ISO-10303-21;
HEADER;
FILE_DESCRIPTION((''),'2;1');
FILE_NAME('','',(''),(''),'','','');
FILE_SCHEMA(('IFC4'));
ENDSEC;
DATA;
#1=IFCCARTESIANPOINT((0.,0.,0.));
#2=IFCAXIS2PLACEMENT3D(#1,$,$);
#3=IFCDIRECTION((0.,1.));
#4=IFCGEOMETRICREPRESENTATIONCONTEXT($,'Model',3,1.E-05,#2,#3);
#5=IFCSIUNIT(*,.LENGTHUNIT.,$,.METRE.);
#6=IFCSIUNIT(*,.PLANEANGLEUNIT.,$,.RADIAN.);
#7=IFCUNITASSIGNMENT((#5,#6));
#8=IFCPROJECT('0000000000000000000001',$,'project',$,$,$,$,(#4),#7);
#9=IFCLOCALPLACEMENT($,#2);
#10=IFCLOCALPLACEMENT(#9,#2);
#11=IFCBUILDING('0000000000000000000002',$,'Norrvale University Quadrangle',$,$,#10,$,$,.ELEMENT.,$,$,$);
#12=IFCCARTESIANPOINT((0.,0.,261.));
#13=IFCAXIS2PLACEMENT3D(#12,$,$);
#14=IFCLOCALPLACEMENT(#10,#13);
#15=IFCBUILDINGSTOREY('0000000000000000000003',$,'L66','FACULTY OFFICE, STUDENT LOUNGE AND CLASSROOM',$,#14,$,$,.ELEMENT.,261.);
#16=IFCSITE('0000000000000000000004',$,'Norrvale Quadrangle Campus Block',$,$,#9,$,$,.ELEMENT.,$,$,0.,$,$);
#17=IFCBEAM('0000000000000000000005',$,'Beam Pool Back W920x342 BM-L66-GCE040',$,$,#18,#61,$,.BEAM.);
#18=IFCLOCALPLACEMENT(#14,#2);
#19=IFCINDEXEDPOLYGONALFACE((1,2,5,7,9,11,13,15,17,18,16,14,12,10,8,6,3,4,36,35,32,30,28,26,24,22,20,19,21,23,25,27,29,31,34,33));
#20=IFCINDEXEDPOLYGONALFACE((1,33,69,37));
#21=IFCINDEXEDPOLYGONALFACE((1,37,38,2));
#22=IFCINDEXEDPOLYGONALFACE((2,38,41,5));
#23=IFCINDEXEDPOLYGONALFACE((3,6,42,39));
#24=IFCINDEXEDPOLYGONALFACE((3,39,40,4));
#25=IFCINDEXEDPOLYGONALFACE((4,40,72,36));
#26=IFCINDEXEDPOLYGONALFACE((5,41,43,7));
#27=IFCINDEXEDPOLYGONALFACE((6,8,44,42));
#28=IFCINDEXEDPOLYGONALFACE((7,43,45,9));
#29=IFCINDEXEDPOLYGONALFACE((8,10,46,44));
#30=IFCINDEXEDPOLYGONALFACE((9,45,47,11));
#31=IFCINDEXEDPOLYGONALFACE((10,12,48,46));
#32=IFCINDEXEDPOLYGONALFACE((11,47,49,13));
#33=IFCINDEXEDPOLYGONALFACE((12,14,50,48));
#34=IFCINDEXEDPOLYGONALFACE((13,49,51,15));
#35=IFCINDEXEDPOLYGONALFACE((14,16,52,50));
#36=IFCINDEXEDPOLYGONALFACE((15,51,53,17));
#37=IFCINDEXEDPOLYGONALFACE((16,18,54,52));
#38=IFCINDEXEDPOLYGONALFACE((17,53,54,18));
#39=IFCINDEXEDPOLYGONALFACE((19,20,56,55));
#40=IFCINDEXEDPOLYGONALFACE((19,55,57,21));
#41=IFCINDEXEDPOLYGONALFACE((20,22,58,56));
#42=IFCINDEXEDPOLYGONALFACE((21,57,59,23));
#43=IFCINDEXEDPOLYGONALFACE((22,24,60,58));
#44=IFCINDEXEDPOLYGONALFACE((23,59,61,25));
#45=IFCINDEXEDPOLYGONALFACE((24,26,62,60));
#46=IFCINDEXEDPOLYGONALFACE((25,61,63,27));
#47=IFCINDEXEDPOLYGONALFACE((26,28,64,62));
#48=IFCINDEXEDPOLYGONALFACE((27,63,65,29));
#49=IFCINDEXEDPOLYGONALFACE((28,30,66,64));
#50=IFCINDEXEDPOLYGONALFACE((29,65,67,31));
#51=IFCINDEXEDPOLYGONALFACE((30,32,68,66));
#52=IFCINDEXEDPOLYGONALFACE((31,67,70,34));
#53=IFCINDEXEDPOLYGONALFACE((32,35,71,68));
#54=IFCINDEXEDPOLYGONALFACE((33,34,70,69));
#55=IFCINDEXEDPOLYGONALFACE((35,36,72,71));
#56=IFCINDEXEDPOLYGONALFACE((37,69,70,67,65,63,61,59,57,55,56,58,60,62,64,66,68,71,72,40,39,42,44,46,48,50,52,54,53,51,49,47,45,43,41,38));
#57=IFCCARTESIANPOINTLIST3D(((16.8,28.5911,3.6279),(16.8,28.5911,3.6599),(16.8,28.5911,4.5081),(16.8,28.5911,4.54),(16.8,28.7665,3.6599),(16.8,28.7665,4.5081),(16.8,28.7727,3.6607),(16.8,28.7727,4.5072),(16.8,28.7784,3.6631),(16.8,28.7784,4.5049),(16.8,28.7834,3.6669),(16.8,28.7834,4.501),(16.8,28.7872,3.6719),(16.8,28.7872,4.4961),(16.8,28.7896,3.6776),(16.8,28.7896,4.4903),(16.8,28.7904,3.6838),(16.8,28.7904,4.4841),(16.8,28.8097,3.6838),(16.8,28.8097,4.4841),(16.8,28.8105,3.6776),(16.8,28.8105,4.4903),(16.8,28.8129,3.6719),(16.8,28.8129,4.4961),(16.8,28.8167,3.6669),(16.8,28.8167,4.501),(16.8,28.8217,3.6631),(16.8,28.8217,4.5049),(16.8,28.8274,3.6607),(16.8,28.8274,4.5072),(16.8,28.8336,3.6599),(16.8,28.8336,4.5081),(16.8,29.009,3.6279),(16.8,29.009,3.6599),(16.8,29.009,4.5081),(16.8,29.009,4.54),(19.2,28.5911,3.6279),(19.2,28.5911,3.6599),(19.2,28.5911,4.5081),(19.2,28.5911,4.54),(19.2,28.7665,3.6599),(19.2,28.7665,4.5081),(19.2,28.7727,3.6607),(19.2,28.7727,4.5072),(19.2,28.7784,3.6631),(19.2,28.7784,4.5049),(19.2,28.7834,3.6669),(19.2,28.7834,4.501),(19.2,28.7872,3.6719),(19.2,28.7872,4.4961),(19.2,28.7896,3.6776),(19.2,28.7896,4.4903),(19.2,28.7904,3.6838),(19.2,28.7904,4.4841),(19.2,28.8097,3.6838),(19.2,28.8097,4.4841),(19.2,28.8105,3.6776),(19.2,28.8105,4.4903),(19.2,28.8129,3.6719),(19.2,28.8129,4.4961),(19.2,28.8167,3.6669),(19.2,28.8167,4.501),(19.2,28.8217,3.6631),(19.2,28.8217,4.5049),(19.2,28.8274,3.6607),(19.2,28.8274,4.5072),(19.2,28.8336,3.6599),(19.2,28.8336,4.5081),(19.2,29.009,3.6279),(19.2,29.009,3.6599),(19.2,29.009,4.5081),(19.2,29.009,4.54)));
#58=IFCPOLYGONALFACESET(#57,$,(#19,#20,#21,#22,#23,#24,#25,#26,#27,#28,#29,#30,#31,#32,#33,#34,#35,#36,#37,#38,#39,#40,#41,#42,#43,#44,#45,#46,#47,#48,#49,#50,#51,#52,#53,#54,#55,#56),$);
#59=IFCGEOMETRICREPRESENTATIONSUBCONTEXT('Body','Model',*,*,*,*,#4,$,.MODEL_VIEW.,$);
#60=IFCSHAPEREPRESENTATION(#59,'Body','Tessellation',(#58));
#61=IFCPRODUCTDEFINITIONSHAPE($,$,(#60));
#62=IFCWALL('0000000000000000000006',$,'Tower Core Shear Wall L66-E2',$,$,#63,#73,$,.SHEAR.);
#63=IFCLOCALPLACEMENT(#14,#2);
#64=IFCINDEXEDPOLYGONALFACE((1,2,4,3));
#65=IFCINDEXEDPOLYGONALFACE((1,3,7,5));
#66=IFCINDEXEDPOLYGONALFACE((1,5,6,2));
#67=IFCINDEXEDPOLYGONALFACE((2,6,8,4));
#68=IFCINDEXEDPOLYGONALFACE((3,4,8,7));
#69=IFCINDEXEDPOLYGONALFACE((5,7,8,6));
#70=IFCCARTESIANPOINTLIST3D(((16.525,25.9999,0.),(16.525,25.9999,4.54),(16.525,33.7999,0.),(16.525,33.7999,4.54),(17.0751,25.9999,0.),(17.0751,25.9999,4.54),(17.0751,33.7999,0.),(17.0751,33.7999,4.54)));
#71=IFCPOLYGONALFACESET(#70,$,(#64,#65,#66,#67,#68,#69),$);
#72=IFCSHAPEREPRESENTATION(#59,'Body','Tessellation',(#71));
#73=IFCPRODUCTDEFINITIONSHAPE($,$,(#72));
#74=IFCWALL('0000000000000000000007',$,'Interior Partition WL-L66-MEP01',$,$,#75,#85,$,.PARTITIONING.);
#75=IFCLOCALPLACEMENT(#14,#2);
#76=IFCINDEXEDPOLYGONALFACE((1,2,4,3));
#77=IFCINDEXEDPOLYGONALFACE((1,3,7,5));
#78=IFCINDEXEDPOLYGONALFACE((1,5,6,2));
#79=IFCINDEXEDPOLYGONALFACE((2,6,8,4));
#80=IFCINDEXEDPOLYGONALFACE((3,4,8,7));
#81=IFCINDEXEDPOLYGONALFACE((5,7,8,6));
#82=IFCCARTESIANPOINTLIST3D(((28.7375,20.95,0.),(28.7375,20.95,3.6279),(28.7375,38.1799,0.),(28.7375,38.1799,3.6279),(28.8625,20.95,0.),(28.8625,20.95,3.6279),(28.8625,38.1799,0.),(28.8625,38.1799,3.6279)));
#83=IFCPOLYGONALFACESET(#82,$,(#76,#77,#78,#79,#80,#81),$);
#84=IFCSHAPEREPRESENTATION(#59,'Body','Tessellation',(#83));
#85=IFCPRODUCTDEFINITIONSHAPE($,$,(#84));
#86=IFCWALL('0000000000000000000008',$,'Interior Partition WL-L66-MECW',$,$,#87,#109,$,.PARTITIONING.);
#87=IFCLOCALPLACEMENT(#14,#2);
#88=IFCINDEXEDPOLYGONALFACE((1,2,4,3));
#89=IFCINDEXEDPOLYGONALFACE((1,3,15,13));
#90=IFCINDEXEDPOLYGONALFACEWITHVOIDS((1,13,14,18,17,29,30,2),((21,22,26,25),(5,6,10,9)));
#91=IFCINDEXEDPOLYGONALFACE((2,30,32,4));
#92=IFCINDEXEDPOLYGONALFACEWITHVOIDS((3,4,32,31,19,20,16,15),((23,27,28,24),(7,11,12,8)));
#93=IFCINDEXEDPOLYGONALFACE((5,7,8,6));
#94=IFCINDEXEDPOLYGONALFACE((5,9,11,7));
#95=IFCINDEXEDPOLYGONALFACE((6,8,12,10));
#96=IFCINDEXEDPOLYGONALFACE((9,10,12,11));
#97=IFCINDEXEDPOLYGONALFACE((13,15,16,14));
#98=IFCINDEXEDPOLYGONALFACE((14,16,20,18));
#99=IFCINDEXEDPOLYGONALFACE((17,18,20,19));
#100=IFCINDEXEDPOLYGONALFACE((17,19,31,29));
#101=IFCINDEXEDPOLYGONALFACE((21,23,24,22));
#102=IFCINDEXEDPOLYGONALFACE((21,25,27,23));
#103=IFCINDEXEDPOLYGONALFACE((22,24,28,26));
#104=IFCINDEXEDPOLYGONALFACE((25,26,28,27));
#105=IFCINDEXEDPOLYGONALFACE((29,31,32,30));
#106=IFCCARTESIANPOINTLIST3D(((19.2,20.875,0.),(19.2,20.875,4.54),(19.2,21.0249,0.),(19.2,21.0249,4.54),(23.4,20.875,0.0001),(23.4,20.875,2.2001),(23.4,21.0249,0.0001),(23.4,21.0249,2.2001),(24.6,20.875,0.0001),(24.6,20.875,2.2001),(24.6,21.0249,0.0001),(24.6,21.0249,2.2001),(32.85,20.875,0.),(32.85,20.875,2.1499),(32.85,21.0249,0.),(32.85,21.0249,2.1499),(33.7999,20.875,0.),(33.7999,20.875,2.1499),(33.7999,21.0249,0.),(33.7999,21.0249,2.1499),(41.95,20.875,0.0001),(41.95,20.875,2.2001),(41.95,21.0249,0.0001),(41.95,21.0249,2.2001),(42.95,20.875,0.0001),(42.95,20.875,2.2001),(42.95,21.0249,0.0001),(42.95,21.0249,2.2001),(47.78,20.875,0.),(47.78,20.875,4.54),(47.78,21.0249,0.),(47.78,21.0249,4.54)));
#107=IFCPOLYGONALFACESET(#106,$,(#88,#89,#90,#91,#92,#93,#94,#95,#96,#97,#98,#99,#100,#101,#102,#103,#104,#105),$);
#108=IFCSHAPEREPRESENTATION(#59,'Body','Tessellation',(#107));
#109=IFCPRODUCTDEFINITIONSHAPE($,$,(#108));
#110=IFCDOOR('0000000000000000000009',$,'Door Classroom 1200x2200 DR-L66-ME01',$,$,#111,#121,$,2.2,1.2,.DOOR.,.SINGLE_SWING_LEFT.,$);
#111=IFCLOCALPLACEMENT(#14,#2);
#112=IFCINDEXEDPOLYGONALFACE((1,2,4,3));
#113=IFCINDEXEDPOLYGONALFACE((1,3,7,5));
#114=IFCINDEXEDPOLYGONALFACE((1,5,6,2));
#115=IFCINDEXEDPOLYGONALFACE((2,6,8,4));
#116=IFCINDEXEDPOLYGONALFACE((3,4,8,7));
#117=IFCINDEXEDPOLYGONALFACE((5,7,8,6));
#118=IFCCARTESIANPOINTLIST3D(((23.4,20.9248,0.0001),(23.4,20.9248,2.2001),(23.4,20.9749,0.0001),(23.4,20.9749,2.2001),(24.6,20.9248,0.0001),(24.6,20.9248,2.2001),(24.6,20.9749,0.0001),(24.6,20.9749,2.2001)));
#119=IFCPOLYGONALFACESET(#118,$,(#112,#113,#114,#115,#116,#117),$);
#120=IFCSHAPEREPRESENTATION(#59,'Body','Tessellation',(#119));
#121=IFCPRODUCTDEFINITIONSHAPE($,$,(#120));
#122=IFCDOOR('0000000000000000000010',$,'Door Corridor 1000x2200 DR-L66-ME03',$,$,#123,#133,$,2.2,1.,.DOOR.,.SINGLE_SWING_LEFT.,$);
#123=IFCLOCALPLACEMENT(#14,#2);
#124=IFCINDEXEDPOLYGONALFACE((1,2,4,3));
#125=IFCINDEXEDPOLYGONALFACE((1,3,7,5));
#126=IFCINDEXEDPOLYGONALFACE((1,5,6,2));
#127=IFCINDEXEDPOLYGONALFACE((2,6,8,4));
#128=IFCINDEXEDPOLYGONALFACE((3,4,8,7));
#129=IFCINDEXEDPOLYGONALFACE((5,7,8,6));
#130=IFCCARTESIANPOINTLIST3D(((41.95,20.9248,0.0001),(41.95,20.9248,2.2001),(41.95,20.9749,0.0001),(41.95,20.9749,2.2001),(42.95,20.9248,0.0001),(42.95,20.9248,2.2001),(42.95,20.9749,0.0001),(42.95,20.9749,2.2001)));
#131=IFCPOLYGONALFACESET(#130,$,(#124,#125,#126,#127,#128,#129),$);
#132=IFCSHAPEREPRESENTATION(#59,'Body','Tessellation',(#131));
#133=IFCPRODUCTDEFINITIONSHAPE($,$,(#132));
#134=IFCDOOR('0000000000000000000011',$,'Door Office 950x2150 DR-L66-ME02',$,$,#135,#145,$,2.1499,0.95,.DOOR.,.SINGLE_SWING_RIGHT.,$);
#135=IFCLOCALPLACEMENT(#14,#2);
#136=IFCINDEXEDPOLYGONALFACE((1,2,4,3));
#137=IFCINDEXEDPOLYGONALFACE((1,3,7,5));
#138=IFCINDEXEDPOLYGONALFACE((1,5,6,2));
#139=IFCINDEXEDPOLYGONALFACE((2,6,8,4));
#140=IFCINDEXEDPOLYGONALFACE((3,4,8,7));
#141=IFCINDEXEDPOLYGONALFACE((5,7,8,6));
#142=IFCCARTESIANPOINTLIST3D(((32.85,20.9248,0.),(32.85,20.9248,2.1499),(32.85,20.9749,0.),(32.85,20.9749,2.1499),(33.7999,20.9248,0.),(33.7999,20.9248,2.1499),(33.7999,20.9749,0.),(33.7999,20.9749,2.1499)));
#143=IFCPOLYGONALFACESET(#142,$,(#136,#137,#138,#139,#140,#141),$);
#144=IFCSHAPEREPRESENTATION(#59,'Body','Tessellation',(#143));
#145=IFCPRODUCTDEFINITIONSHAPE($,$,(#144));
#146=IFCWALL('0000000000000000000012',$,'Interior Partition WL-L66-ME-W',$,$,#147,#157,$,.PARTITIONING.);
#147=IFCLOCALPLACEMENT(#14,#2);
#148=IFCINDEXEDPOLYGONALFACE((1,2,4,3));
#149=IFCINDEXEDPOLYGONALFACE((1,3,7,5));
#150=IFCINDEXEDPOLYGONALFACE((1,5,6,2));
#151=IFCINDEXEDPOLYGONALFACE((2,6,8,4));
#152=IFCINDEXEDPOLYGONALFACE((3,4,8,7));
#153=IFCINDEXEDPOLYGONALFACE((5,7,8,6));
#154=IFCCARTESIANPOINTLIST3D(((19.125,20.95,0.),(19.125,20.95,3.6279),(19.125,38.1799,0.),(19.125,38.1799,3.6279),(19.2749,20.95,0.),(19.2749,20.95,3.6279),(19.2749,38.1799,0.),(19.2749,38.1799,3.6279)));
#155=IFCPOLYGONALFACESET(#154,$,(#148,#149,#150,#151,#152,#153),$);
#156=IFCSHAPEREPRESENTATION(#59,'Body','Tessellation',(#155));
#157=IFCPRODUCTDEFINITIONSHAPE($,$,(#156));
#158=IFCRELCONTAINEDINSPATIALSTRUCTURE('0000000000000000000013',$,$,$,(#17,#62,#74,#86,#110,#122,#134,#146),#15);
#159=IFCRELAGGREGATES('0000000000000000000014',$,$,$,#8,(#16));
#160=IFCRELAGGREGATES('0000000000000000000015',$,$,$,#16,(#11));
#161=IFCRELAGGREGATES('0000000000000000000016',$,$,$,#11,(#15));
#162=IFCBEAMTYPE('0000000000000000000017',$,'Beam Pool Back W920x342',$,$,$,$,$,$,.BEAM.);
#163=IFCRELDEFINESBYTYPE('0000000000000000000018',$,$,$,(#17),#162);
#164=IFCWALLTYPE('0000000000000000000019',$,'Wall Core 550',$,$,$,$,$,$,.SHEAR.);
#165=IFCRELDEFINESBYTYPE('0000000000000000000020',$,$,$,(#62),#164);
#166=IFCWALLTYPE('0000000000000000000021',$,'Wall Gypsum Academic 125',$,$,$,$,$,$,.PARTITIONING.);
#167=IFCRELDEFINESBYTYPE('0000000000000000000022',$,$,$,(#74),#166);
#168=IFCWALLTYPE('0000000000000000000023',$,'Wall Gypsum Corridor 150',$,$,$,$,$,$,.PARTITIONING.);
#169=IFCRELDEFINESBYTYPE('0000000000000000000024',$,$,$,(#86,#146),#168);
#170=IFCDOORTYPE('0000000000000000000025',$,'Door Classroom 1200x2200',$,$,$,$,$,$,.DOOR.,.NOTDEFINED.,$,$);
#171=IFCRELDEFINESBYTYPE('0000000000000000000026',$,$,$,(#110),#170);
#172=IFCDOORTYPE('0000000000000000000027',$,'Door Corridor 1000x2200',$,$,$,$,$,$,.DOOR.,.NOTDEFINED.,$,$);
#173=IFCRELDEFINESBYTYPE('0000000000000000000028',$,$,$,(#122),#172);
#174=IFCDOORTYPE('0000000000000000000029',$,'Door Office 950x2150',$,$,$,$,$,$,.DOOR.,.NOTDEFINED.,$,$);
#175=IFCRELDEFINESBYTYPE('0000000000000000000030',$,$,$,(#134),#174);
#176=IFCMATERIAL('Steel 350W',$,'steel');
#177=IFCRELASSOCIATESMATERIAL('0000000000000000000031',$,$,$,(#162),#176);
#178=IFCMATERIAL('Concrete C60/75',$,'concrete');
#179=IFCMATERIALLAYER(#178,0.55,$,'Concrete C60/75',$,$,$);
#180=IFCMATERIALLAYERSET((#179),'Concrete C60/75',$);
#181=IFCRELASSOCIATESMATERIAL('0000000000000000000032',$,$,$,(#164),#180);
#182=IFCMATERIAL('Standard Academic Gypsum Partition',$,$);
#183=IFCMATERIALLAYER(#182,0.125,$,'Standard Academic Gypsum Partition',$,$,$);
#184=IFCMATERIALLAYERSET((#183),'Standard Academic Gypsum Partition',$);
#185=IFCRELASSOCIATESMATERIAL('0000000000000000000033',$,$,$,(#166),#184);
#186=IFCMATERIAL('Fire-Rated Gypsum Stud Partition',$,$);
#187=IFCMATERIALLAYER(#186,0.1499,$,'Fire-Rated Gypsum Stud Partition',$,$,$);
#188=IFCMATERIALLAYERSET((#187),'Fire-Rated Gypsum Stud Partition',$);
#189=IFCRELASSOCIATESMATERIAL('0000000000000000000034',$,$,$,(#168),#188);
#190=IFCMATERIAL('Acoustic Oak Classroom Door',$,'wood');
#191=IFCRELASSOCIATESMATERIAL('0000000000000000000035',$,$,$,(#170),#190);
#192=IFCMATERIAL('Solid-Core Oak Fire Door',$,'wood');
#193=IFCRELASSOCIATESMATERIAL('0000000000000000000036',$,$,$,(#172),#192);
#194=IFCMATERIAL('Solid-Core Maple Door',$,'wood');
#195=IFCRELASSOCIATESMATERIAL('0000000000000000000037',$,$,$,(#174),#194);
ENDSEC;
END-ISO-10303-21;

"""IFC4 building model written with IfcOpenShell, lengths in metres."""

from ifc_helpers import new_model, si_unit, direction, frame, frame_2d, origin, origin_2d, place, context, subcontext, project, spatial, rectangle, i_section, extrude, material, layer, layer_set, material_profile, profile_set, type_object, element, fill, save


model = new_model("IFC4")

# Units and contexts
model_context = context("Model", 3, precision=1e-05, world=origin(), true_north=direction((0.0, 1.0)))
body_context = subcontext(model_context, "Body", "Model", "MODEL_VIEW")
ifc_project = project(units=[si_unit("LENGTHUNIT", "METRE"), si_unit("PLANEANGLEUNIT", "RADIAN")], contexts=[model_context])

# Site, building, storey
site_placement = place(None, origin())
site = spatial("IfcSite", under=ifc_project, at=site_placement, Name="Norrvale Quadrangle Campus Block", CompositionType="ELEMENT", RefElevation=0.0)
building_placement = place(site_placement, origin())
building = spatial("IfcBuilding", under=site, at=building_placement, Name="Norrvale University Quadrangle", CompositionType="ELEMENT")
storey_placement = place(building_placement, frame((0.0, 0.0, 261.0)))
storey = spatial("IfcBuildingStorey", under=building, at=storey_placement, Name="L66", Description="FACULTY OFFICE, STUDENT LOUNGE AND CLASSROOM", CompositionType="ELEMENT", Elevation=261.0)

# Shared definitions
ifc_material_1 = material(Name="Concrete C60/75", Category="concrete")

# Beam
ifc_material_2 = material(Name="Steel 350W", Category="steel")
ifc_material_profile_1 = material_profile(ifc_material_2, i_section(OverallWidth=0.418, OverallDepth=0.9121, WebThickness=0.0193, FlangeThickness=0.032, FilletRadius=0.0239, at=origin_2d()), Name="Steel 350W")
ifc_profile_set_1 = profile_set([ifc_material_profile_1], Name="Steel 350W")
beam_type_1 = type_object("IfcBeamType", Name="Beam Pool Back W920x342", PredefinedType="BEAM", material=ifc_profile_set_1)
beam_1_placement = place(storey_placement, frame((16.8, 28.8, 4.084), z_axis=(1.0, 0.0, 0.0), x_axis=(0.0, 1.0, 0.0)))
element("IfcBeam", 1, at=beam_1_placement, inside=storey, type_object=beam_type_1, Name="Beam Pool Back W920x342 BM-L66-GCE040", PredefinedType="BEAM", context=body_context, shape_type="SweptSolid", body=[
    extrude(i_section(OverallWidth=0.418, OverallDepth=0.9121, WebThickness=0.0193, FlangeThickness=0.032, FilletRadius=0.0239, at=origin_2d()), origin(), (0.0, 0.0, 1.0), 2.3999),
])

# Walls
ifc_layer_1 = layer(ifc_material_1, 0.55, Name="Concrete C60/75")
ifc_layer_set_1 = layer_set([ifc_layer_1], Name="Concrete C60/75")
wall_type_1 = type_object("IfcWallType", Name="Wall Core 550", PredefinedType="SHEAR", material=ifc_layer_set_1)
wall_1_placement = place(storey_placement, frame((16.8, 26.0, 0.0), z_axis=(0.0, 0.0, 1.0), x_axis=(0.0, 1.0, 0.0)))
element("IfcWall", 2, at=wall_1_placement, inside=storey, type_object=wall_type_1, Name="Tower Core Shear Wall L66-E2", PredefinedType="SHEAR", context=body_context, shape_type="SweptSolid", body=[
    extrude(rectangle(XDim=7.8, YDim=0.55, at=frame_2d((3.8999, 0.0))), origin(), (0.0, 0.0, 1.0), 4.54),
])
ifc_material_3 = material(Name="Standard Academic Gypsum Partition")
ifc_layer_2 = layer(ifc_material_3, 0.125, Name="Standard Academic Gypsum Partition")
ifc_layer_set_2 = layer_set([ifc_layer_2], Name="Standard Academic Gypsum Partition")
wall_type_2 = type_object("IfcWallType", Name="Wall Gypsum Academic 125", PredefinedType="PARTITIONING", material=ifc_layer_set_2)
wall_2_placement = place(storey_placement, frame((28.8, 20.95, 0.0), z_axis=(0.0, 0.0, 1.0), x_axis=(0.0, 1.0, 0.0)))
element("IfcWall", 3, at=wall_2_placement, inside=storey, type_object=wall_type_2, Name="Interior Partition WL-L66-MEP01", PredefinedType="PARTITIONING", context=body_context, shape_type="SweptSolid", body=[
    extrude(rectangle(XDim=17.23, YDim=0.125, at=frame_2d((8.615, 0.0))), origin(), (0.0, 0.0, 1.0), 3.6279),
])

# Wall, openings, doors
ifc_material_4 = material(Name="Fire-Rated Gypsum Stud Partition")
ifc_layer_3 = layer(ifc_material_4, 0.1499, Name="Fire-Rated Gypsum Stud Partition")
ifc_layer_set_3 = layer_set([ifc_layer_3], Name="Fire-Rated Gypsum Stud Partition")
wall_type_3 = type_object("IfcWallType", Name="Wall Gypsum Corridor 150", PredefinedType="PARTITIONING", material=ifc_layer_set_3)
wall_3_placement = place(storey_placement, frame((19.2, 20.95, 0.0), z_axis=(0.0, 0.0, 1.0), x_axis=(1.0, 0.0, 0.0)))
wall_3 = element("IfcWall", 4, at=wall_3_placement, inside=storey, type_object=wall_type_3, Name="Interior Partition WL-L66-MECW", PredefinedType="PARTITIONING", context=body_context, shape_type="SweptSolid", body=[
    extrude(rectangle(XDim=28.5801, YDim=0.1499, at=frame_2d((14.29, 0.0))), origin(), (0.0, 0.0, 1.0), 4.54),
])
opening_1_placement = place(wall_3_placement, frame((4.2, 0.0, 0.0)))
opening_1 = element("IfcOpeningElement", 5, at=opening_1_placement, cuts=wall_3, PredefinedType="OPENING", context=body_context, shape_type="SweptSolid", body=[
    extrude(rectangle(XDim=1.2, YDim=2.2, at=frame_2d((0.6001, 1.1001))), frame((0.0, 0.0869, 0.0), z_axis=(0.0, -1.0, 0.0), x_axis=(1.0, 0.0, 0.0)), (0.0, 0.0, 1.0), 0.1738),
])
opening_2_placement = place(wall_3_placement, frame((13.6499, 0.0, 0.0)))
opening_2 = element("IfcOpeningElement", 6, at=opening_2_placement, cuts=wall_3, PredefinedType="OPENING", context=body_context, shape_type="SweptSolid", body=[
    extrude(rectangle(XDim=0.95, YDim=2.1499, at=frame_2d((0.4751, 1.075))), frame((0.0, 0.0869, 0.0), z_axis=(0.0, -1.0, 0.0), x_axis=(1.0, 0.0, 0.0)), (0.0, 0.0, 1.0), 0.1738),
])
opening_3_placement = place(wall_3_placement, frame((22.75, 0.0, 0.0)))
opening_3 = element("IfcOpeningElement", 7, at=opening_3_placement, cuts=wall_3, PredefinedType="OPENING", context=body_context, shape_type="SweptSolid", body=[
    extrude(rectangle(XDim=1.0, YDim=2.2, at=frame_2d((0.5, 1.1001))), frame((0.0, 0.0869, 0.0), z_axis=(0.0, -1.0, 0.0), x_axis=(1.0, 0.0, 0.0)), (0.0, 0.0, 1.0), 0.1738),
])
ifc_material_5 = material(Name="Acoustic Oak Classroom Door", Category="wood")
door_type_1 = type_object("IfcDoorType", Name="Door Classroom 1200x2200", OperationType="NOTDEFINED", PredefinedType="DOOR", material=ifc_material_5)
door_1_placement = place(opening_1_placement, origin())
door_1 = element("IfcDoor", 8, at=door_1_placement, inside=storey, type_object=door_type_1, Name="Door Classroom 1200x2200 DR-L66-ME01", OperationType="SINGLE_SWING_LEFT", OverallHeight=2.2, OverallWidth=1.2, PredefinedType="DOOR", context=body_context, shape_type="SweptSolid", body=[
    extrude(rectangle(XDim=1.2, YDim=2.2, at=frame_2d((0.6001, 1.1001))), frame((0.0, 0.0249, 0.0), z_axis=(0.0, -1.0, 0.0), x_axis=(1.0, 0.0, 0.0)), (0.0, 0.0, 1.0), 0.05),
])
fill(opening_1, door_1)
ifc_material_6 = material(Name="Solid-Core Oak Fire Door", Category="wood")
door_type_2 = type_object("IfcDoorType", Name="Door Corridor 1000x2200", OperationType="NOTDEFINED", PredefinedType="DOOR", material=ifc_material_6)
door_2_placement = place(opening_3_placement, origin())
door_2 = element("IfcDoor", 9, at=door_2_placement, inside=storey, type_object=door_type_2, Name="Door Corridor 1000x2200 DR-L66-ME03", OperationType="SINGLE_SWING_LEFT", OverallHeight=2.2, OverallWidth=1.0, PredefinedType="DOOR", context=body_context, shape_type="SweptSolid", body=[
    extrude(rectangle(XDim=1.0, YDim=2.2, at=frame_2d((0.5, 1.1001))), frame((0.0, 0.0249, 0.0), z_axis=(0.0, -1.0, 0.0), x_axis=(1.0, 0.0, 0.0)), (0.0, 0.0, 1.0), 0.05),
])
fill(opening_3, door_2)
ifc_material_7 = material(Name="Solid-Core Maple Door", Category="wood")
door_type_3 = type_object("IfcDoorType", Name="Door Office 950x2150", OperationType="NOTDEFINED", PredefinedType="DOOR", material=ifc_material_7)
door_3_placement = place(opening_2_placement, origin())
door_3 = element("IfcDoor", 10, at=door_3_placement, inside=storey, type_object=door_type_3, Name="Door Office 950x2150 DR-L66-ME02", OperationType="SINGLE_SWING_RIGHT", OverallHeight=2.1499, OverallWidth=0.95, PredefinedType="DOOR", context=body_context, shape_type="SweptSolid", body=[
    extrude(rectangle(XDim=0.95, YDim=2.1499, at=frame_2d((0.4751, 1.075))), frame((0.0, 0.0249, 0.0), z_axis=(0.0, -1.0, 0.0), x_axis=(1.0, 0.0, 0.0)), (0.0, 0.0, 1.0), 0.05),
])
fill(opening_2, door_3)

# Wall
wall_4_placement = place(storey_placement, frame((19.2, 20.95, 0.0), z_axis=(0.0, 0.0, 1.0), x_axis=(0.0, 1.0, 0.0)))
element("IfcWall", 11, at=wall_4_placement, inside=storey, type_object=wall_type_3, Name="Interior Partition WL-L66-ME-W", PredefinedType="PARTITIONING", context=body_context, shape_type="SweptSolid", body=[
    extrude(rectangle(XDim=17.23, YDim=0.1499, at=frame_2d((8.615, 0.0))), origin(), (0.0, 0.0, 1.0), 3.6279),
])

save(model, "model.ifc")
